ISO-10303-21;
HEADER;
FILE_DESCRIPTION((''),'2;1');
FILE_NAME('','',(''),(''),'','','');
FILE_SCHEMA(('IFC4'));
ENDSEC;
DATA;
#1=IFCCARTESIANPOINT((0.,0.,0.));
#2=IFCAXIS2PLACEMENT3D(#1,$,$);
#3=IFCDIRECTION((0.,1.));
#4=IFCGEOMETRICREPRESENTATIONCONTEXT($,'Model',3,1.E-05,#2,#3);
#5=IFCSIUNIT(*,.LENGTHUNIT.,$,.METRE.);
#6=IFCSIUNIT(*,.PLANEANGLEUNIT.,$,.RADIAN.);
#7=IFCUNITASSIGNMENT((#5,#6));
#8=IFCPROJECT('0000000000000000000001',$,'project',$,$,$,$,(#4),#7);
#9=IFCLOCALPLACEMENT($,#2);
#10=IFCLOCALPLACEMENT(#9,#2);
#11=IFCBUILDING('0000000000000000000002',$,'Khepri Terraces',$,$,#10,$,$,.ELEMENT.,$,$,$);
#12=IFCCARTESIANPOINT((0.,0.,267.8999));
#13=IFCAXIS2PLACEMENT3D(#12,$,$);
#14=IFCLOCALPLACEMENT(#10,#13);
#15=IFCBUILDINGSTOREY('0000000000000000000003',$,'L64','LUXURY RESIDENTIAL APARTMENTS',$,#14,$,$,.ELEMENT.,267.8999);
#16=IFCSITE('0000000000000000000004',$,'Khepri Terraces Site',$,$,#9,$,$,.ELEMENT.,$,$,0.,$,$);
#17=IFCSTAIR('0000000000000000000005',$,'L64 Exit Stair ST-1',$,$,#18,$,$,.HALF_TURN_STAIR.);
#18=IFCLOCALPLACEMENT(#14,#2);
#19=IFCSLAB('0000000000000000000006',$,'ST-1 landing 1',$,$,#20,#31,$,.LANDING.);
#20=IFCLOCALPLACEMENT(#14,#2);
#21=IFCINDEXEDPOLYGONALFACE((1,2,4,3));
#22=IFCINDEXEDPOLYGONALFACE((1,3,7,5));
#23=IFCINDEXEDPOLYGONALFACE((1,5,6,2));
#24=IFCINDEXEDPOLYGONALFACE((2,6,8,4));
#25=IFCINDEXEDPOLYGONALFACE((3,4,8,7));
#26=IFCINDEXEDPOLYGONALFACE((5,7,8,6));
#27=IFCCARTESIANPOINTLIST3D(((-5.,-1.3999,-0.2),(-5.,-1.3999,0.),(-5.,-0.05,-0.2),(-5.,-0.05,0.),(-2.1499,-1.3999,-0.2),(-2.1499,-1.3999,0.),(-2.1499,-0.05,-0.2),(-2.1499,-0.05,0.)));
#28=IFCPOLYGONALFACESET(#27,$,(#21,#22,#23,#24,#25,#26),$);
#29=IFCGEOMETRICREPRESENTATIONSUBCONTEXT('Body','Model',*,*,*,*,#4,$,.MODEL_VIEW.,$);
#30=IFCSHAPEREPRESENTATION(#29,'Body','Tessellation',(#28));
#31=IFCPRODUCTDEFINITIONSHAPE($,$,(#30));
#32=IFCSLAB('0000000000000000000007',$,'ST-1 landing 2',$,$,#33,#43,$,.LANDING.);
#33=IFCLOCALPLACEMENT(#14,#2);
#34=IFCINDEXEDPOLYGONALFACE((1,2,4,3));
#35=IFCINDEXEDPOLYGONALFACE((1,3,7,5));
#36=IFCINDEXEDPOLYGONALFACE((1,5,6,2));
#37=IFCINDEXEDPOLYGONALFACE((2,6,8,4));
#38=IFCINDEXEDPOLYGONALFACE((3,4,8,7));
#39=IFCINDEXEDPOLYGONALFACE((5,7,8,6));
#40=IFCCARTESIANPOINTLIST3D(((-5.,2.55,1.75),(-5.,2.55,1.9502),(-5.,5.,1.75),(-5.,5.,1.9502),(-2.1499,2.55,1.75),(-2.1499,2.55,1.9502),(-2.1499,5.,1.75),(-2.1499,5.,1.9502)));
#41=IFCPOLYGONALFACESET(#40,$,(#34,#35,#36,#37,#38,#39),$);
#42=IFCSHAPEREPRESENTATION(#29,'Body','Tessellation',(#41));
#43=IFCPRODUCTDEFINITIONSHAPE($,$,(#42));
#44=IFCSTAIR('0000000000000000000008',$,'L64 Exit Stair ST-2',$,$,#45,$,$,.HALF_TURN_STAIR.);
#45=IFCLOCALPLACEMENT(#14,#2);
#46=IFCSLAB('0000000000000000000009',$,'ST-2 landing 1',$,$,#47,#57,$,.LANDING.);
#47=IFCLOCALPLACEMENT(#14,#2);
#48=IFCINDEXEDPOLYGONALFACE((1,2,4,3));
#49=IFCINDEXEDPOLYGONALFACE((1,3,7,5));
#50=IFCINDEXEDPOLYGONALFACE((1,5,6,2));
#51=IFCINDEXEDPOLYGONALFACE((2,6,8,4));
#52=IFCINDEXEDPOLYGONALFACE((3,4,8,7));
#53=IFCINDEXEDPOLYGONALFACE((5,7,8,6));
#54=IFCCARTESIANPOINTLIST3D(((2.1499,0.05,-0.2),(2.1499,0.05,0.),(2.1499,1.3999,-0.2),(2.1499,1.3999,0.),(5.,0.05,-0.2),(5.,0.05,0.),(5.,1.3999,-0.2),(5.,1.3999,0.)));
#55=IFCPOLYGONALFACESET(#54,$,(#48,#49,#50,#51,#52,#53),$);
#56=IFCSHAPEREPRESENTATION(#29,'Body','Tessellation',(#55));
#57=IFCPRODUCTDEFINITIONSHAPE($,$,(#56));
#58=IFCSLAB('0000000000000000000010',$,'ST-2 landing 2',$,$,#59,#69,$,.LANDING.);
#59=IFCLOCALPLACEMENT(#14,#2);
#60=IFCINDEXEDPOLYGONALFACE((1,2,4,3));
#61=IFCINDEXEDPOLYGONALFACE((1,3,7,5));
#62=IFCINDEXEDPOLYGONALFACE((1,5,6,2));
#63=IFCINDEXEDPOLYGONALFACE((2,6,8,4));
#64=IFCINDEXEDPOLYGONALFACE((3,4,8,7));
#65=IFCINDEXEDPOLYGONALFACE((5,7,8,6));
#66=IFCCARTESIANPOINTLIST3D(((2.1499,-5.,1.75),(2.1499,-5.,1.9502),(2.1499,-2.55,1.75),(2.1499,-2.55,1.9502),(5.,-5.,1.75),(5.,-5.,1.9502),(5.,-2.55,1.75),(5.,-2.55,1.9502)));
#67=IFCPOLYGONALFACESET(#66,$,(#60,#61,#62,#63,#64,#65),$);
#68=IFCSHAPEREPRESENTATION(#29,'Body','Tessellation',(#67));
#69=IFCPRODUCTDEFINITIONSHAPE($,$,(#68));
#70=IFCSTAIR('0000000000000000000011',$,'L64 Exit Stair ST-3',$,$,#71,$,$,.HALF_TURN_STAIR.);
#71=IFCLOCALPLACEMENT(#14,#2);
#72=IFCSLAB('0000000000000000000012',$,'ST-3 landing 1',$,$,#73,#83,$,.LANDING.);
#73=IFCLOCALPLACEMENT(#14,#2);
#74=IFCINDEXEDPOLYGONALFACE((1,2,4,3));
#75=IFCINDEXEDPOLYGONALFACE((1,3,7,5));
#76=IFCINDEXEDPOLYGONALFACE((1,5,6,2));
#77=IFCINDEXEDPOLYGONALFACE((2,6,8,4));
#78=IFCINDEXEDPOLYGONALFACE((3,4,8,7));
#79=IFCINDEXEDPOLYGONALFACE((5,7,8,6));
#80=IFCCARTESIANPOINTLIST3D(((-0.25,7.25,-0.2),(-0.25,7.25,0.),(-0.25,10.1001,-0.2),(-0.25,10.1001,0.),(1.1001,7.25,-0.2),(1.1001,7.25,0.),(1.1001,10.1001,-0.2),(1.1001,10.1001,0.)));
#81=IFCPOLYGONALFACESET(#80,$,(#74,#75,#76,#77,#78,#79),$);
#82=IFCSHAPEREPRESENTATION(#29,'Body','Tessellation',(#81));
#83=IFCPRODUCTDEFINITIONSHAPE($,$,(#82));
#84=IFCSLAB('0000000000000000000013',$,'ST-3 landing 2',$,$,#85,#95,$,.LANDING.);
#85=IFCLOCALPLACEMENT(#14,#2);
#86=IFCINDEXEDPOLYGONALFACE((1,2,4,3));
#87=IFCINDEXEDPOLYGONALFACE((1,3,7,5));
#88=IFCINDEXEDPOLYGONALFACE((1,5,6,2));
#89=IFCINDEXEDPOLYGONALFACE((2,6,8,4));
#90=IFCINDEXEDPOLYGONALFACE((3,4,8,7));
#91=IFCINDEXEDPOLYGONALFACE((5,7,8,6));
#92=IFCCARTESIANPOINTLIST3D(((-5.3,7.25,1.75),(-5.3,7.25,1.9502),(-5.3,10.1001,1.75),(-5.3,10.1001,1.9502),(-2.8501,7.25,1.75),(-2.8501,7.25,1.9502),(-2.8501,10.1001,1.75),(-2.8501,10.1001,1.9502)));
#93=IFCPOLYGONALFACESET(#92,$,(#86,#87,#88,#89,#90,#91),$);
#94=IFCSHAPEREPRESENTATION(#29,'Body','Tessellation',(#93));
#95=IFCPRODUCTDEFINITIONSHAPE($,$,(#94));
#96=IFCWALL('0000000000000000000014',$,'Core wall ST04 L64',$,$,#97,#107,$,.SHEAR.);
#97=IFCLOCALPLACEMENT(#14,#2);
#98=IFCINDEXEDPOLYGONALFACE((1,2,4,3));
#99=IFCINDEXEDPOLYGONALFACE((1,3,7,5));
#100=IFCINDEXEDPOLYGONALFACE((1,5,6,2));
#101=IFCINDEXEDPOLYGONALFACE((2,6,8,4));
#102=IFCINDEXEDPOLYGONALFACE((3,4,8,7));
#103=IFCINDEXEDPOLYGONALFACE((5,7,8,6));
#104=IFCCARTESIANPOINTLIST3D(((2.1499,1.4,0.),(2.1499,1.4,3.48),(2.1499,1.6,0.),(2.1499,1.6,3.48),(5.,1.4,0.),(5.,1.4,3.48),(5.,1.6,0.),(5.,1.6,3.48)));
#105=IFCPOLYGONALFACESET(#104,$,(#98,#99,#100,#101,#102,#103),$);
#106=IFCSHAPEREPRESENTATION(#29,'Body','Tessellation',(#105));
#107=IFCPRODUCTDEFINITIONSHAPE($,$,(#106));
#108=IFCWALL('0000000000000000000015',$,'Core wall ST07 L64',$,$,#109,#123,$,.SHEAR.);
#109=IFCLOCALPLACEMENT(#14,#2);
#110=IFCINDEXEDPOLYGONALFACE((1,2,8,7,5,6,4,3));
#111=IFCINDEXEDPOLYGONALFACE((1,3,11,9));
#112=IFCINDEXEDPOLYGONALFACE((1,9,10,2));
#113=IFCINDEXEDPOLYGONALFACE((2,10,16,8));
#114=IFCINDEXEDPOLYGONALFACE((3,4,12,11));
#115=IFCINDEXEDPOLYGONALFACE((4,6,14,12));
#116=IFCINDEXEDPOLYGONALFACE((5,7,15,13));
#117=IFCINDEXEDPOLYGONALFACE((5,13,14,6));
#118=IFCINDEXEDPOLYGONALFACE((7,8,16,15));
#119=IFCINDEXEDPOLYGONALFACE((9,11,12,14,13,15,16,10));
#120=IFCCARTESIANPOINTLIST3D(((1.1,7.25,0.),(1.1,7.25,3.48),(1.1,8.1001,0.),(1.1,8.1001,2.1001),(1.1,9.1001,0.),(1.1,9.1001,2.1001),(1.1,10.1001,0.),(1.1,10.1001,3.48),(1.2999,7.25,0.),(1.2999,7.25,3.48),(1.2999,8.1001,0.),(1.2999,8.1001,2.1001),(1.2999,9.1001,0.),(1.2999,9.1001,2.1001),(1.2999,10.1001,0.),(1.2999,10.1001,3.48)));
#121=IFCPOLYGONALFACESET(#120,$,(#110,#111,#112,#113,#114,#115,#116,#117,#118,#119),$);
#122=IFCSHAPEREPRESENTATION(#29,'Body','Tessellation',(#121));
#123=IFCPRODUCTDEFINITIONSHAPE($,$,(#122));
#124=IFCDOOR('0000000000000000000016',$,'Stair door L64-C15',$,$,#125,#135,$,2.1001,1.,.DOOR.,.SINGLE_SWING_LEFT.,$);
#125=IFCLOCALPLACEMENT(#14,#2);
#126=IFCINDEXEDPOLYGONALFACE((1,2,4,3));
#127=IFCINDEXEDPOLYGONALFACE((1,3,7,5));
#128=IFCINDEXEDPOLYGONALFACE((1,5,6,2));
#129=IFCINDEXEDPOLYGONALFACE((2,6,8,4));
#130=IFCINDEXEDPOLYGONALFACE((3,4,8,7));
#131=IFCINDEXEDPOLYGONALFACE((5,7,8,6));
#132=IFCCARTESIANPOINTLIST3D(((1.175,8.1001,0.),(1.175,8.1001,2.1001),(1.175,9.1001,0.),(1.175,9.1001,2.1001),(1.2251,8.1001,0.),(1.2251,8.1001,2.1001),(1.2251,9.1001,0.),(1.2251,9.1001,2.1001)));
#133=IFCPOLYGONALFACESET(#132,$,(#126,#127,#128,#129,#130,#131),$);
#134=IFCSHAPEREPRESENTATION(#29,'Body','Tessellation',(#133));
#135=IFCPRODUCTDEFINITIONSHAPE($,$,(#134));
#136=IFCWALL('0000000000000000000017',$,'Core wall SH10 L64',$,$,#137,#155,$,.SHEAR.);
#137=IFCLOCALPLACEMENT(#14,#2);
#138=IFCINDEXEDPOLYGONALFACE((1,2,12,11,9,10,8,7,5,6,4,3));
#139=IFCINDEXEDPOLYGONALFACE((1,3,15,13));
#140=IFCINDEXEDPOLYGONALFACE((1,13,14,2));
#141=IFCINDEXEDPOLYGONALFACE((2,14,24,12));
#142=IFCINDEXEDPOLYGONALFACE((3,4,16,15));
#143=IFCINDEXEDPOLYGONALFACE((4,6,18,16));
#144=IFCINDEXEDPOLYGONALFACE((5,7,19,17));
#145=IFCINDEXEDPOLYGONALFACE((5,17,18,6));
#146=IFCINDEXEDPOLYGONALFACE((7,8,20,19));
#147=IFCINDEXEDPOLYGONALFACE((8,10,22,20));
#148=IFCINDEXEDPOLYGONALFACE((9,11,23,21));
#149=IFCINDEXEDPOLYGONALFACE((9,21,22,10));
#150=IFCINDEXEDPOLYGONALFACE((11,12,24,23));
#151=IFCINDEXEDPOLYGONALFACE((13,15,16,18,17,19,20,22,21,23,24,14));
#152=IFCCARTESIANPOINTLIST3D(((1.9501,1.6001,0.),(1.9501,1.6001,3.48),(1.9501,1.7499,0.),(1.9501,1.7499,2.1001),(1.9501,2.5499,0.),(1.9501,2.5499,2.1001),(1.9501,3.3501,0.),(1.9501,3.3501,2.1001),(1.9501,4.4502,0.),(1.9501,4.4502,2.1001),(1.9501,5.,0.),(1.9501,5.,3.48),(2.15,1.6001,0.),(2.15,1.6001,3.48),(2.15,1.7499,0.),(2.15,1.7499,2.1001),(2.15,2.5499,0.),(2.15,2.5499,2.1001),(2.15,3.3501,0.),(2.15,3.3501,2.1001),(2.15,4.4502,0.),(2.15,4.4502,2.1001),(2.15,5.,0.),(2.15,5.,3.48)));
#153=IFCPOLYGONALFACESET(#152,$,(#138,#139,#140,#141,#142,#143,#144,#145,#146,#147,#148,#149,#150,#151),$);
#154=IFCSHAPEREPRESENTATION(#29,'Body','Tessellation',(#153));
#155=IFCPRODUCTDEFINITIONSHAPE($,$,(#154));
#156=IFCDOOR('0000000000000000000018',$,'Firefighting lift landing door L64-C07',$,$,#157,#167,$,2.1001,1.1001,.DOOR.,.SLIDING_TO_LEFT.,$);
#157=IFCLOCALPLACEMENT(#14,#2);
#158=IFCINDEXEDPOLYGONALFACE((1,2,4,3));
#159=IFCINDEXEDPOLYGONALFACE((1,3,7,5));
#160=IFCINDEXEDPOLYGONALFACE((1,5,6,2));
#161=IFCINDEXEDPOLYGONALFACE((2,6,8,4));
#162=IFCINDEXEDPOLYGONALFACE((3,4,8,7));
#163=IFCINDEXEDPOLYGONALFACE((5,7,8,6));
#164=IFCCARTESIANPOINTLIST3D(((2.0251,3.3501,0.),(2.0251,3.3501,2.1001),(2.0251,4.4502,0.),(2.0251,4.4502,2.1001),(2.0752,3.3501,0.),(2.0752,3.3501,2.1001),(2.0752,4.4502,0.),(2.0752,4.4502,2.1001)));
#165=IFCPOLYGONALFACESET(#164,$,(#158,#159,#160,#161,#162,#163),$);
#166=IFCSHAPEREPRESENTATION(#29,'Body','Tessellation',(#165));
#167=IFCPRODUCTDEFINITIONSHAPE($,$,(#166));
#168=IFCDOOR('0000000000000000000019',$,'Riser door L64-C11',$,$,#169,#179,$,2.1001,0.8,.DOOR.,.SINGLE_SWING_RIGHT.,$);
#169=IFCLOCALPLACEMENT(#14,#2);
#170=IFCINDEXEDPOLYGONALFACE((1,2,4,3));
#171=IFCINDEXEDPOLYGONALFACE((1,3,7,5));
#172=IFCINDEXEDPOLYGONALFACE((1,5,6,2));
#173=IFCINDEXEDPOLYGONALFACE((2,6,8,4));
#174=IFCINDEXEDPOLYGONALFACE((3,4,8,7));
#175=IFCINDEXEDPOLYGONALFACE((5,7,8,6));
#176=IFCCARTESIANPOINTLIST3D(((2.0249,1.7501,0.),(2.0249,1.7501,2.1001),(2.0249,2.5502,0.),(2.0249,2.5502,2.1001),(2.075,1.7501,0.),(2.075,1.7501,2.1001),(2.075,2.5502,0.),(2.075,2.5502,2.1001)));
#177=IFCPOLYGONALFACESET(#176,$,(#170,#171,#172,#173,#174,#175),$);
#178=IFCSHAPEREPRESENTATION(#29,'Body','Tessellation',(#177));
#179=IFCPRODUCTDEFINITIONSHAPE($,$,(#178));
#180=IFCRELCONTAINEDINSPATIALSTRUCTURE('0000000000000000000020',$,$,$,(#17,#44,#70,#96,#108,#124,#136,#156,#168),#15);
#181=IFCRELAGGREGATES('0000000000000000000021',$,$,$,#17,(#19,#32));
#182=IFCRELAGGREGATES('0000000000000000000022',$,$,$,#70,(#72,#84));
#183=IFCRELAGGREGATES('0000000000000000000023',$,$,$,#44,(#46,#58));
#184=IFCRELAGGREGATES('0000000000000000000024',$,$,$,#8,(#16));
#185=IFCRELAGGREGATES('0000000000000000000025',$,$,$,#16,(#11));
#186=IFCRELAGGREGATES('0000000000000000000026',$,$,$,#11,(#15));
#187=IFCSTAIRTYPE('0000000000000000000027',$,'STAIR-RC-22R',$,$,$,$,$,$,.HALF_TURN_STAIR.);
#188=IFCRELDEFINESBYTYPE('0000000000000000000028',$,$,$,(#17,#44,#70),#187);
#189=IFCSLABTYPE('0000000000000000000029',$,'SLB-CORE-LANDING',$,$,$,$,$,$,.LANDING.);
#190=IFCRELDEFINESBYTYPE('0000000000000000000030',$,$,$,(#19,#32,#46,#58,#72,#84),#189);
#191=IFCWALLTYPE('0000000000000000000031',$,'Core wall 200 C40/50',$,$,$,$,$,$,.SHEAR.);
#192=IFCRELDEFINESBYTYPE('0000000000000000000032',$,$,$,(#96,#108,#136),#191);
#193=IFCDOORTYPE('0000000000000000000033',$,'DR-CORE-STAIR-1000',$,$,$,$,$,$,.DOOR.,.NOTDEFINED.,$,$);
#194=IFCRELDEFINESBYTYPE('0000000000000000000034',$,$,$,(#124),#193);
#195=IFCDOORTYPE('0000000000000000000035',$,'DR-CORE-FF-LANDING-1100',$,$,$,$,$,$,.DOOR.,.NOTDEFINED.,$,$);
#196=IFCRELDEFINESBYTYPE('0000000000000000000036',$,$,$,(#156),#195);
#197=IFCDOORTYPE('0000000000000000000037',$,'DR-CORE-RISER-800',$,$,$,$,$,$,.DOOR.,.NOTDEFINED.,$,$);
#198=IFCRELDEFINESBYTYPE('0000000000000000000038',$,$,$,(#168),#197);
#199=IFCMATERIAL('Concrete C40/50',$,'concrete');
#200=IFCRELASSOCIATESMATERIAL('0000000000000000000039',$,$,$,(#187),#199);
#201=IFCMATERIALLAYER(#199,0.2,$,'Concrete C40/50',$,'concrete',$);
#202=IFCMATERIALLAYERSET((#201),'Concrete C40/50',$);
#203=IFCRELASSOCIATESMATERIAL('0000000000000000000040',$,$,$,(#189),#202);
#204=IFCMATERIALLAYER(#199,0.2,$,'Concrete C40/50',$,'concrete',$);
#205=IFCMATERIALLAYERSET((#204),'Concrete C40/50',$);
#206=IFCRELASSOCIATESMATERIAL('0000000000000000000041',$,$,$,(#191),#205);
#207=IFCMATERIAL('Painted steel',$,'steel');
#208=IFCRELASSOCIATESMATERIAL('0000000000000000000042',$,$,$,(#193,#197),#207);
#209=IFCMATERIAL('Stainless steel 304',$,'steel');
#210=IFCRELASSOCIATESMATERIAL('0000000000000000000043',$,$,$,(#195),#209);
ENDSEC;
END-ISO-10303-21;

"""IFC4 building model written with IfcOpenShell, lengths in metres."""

from ifc_helpers import new_model, si_unit, direction, frame, frame_2d, origin, place, context, subcontext, project, spatial, polyline, rectangle, outline, extrude, material, layer, layer_set, type_object, element, fill, aggregate, save


model = new_model("IFC4")

# Units and contexts
model_context = context("Model", 3, precision=1e-05, world=origin(), true_north=direction((0.0, 1.0)))
body_context = subcontext(model_context, "Body", "Model", "MODEL_VIEW")
ifc_project = project(units=[si_unit("LENGTHUNIT", "METRE"), si_unit("PLANEANGLEUNIT", "RADIAN")], contexts=[model_context])

# Site, building, storey
site_placement = place(None, origin())
site = spatial("IfcSite", under=ifc_project, at=site_placement, Name="Khepri Terraces Site", CompositionType="ELEMENT", RefElevation=0.0)
building_placement = place(site_placement, origin())
building = spatial("IfcBuilding", under=site, at=building_placement, Name="Khepri Terraces", CompositionType="ELEMENT")
storey_placement = place(building_placement, frame((0.0, 0.0, 267.8999)))
storey = spatial("IfcBuildingStorey", under=building, at=storey_placement, Name="L64", Description="LUXURY RESIDENTIAL APARTMENTS", CompositionType="ELEMENT", Elevation=267.8999)

# Stairs, slabs
ifc_material_1 = material(Name="Concrete C40/50", Category="concrete")
stair_type = type_object("IfcStairType", Name="STAIR-RC-22R", PredefinedType="HALF_TURN_STAIR", material=ifc_material_1)
stair_1_placement = place(storey_placement, origin())
stair_1 = element("IfcStair", 1, at=stair_1_placement, inside=storey, type_object=stair_type, Name="L64 Exit Stair ST-1", PredefinedType="HALF_TURN_STAIR")
ifc_layer_1 = layer(ifc_material_1, 0.2, Name="Concrete C40/50", Category="concrete")
ifc_layer_set_1 = layer_set([ifc_layer_1], Name="Concrete C40/50")
slab_type = type_object("IfcSlabType", Name="SLB-CORE-LANDING", PredefinedType="LANDING", material=ifc_layer_set_1)
slab_1_placement = place(storey_placement, frame((0.0, 0.0, -0.2)))
slab_1 = element("IfcSlab", 2, at=slab_1_placement, type_object=slab_type, Name="ST-1 landing 1", PredefinedType="LANDING", context=body_context, shape_type="SweptSolid", body=[
    extrude(outline(polyline([(-2.1499, -1.3999), (-2.1499, -0.05), (-5.0, -0.05), (-5.0, -1.3999), (-2.1499, -1.3999)])), origin(), (0.0, 0.0, 1.0), 0.2),
])
slab_2_placement = place(storey_placement, frame((0.0, 0.0, 1.75)))
slab_2 = element("IfcSlab", 3, at=slab_2_placement, type_object=slab_type, Name="ST-1 landing 2", PredefinedType="LANDING", context=body_context, shape_type="SweptSolid", body=[
    extrude(outline(polyline([(-2.1499, 2.55), (-2.1499, 5.0), (-5.0, 5.0), (-5.0, 2.55), (-2.1499, 2.55)])), origin(), (0.0, 0.0, 1.0), 0.2002),
])
aggregate(stair_1, [slab_1, slab_2])
stair_2_placement = place(storey_placement, origin())
stair_2 = element("IfcStair", 4, at=stair_2_placement, inside=storey, type_object=stair_type, Name="L64 Exit Stair ST-2", PredefinedType="HALF_TURN_STAIR")
slab_3_placement = place(storey_placement, frame((0.0, 0.0, -0.2)))
slab_3 = element("IfcSlab", 5, at=slab_3_placement, type_object=slab_type, Name="ST-2 landing 1", PredefinedType="LANDING", context=body_context, shape_type="SweptSolid", body=[
    extrude(outline(polyline([(2.1499, 1.3999), (2.1499, 0.05), (5.0, 0.05), (5.0, 1.3999), (2.1499, 1.3999)])), origin(), (0.0, 0.0, 1.0), 0.2),
])
slab_4_placement = place(storey_placement, frame((0.0, 0.0, 1.75)))
slab_4 = element("IfcSlab", 6, at=slab_4_placement, type_object=slab_type, Name="ST-2 landing 2", PredefinedType="LANDING", context=body_context, shape_type="SweptSolid", body=[
    extrude(outline(polyline([(2.1499, -2.55), (2.1499, -5.0), (5.0, -5.0), (5.0, -2.55), (2.1499, -2.55)])), origin(), (0.0, 0.0, 1.0), 0.2002),
])
stair_3_placement = place(storey_placement, origin())
stair_3 = element("IfcStair", 7, at=stair_3_placement, inside=storey, type_object=stair_type, Name="L64 Exit Stair ST-3", PredefinedType="HALF_TURN_STAIR")
slab_5_placement = place(storey_placement, frame((0.0, 0.0, -0.2)))
slab_5 = element("IfcSlab", 8, at=slab_5_placement, type_object=slab_type, Name="ST-3 landing 1", PredefinedType="LANDING", context=body_context, shape_type="SweptSolid", body=[
    extrude(outline(polyline([(1.1001, 10.1001), (-0.25, 10.1001), (-0.25, 7.25), (1.1001, 7.25), (1.1001, 10.1001)])), origin(), (0.0, 0.0, 1.0), 0.2),
])
slab_6_placement = place(storey_placement, frame((0.0, 0.0, 1.75)))
slab_6 = element("IfcSlab", 9, at=slab_6_placement, type_object=slab_type, Name="ST-3 landing 2", PredefinedType="LANDING", context=body_context, shape_type="SweptSolid", body=[
    extrude(outline(polyline([(-2.8501, 10.1001), (-5.3, 10.1001), (-5.3, 7.25), (-2.8501, 7.25), (-2.8501, 10.1001)])), origin(), (0.0, 0.0, 1.0), 0.2002),
])
aggregate(stair_3, [slab_5, slab_6])

# Wall
ifc_layer_2 = layer(ifc_material_1, 0.2, Name="Concrete C40/50", Category="concrete")
ifc_layer_set_2 = layer_set([ifc_layer_2], Name="Concrete C40/50")
wall_type = type_object("IfcWallType", Name="Core wall 200 C40/50", PredefinedType="SHEAR", material=ifc_layer_set_2)
wall_1_placement = place(storey_placement, frame((2.1499, 1.5, 0.0), z_axis=(0.0, 0.0, 1.0), x_axis=(1.0, 0.0, 0.0)))
element("IfcWall", 10, at=wall_1_placement, inside=storey, type_object=wall_type, Name="Core wall ST04 L64", PredefinedType="SHEAR", context=body_context, shape_type="SweptSolid", body=[
    extrude(rectangle(XDim=2.8501, YDim=0.2, at=frame_2d((1.425, 0.0))), origin(), (0.0, 0.0, 1.0), 3.48),
])

# Wall, opening, door
wall_2_placement = place(storey_placement, frame((1.2, 7.25, 0.0), z_axis=(0.0, 0.0, 1.0), x_axis=(0.0, 1.0, 0.0)))
wall_2 = element("IfcWall", 11, at=wall_2_placement, inside=storey, type_object=wall_type, Name="Core wall ST07 L64", PredefinedType="SHEAR", context=body_context, shape_type="SweptSolid", body=[
    extrude(rectangle(XDim=2.8501, YDim=0.2, at=frame_2d((1.425, 0.0))), origin(), (0.0, 0.0, 1.0), 3.48),
])
opening_1_placement = place(wall_2_placement, frame((0.8501, 0.0, 0.0)))
opening_1 = element("IfcOpeningElement", 12, at=opening_1_placement, cuts=wall_2, PredefinedType="OPENING", context=body_context, shape_type="SweptSolid", body=[
    extrude(rectangle(XDim=1.0, YDim=2.1001, at=frame_2d((0.5, 1.05))), frame((0.0, 0.1099, 0.0), z_axis=(0.0, -1.0, 0.0), x_axis=(1.0, 0.0, 0.0)), (0.0, 0.0, 1.0), 0.22),
])
ifc_material_2 = material(Name="Painted steel", Category="steel")
door_type_1 = type_object("IfcDoorType", Name="DR-CORE-STAIR-1000", OperationType="NOTDEFINED", PredefinedType="DOOR", material=ifc_material_2)
door_1_placement = place(opening_1_placement, origin())
door_1 = element("IfcDoor", 13, at=door_1_placement, inside=storey, type_object=door_type_1, Name="Stair door L64-C15", OperationType="SINGLE_SWING_LEFT", OverallHeight=2.1001, OverallWidth=1.0, PredefinedType="DOOR", context=body_context, shape_type="SweptSolid", body=[
    extrude(rectangle(XDim=1.0, YDim=2.1001, at=frame_2d((0.5, 1.05))), frame((0.0, 0.0249, 0.0), z_axis=(0.0, -1.0, 0.0), x_axis=(1.0, 0.0, 0.0)), (0.0, 0.0, 1.0), 0.05),
])
fill(opening_1, door_1)

# Wall, openings, doors
wall_3_placement = place(storey_placement, frame((2.05, 1.6001, 0.0), z_axis=(0.0, 0.0, 1.0), x_axis=(0.0, 1.0, 0.0)))
wall_3 = element("IfcWall", 14, at=wall_3_placement, inside=storey, type_object=wall_type, Name="Core wall SH10 L64", PredefinedType="SHEAR", context=body_context, shape_type="SweptSolid", body=[
    extrude(rectangle(XDim=3.3999, YDim=0.2, at=frame_2d((1.7, 0.0))), origin(), (0.0, 0.0, 1.0), 3.48),
])
opening_2_placement = place(wall_3_placement, frame((1.75, 0.0, 0.0)))
opening_2 = element("IfcOpeningElement", 15, at=opening_2_placement, cuts=wall_3, PredefinedType="OPENING", context=body_context, shape_type="SweptSolid", body=[
    extrude(rectangle(XDim=1.1001, YDim=2.1001, at=frame_2d((0.55, 1.05))), frame((0.0, 0.1099, 0.0), z_axis=(0.0, -1.0, 0.0), x_axis=(1.0, 0.0, 0.0)), (0.0, 0.0, 1.0), 0.22),
])
opening_3_placement = place(wall_3_placement, frame((0.1499, 0.0, 0.0)))
opening_3 = element("IfcOpeningElement", 16, at=opening_3_placement, cuts=wall_3, PredefinedType="OPENING", context=body_context, shape_type="SweptSolid", body=[
    extrude(rectangle(XDim=0.8, YDim=2.1001, at=frame_2d((0.3999, 1.05))), frame((0.0, 0.1099, 0.0), z_axis=(0.0, -1.0, 0.0), x_axis=(1.0, 0.0, 0.0)), (0.0, 0.0, 1.0), 0.22),
])
ifc_material_3 = material(Name="Stainless steel 304", Category="steel")
door_type_2 = type_object("IfcDoorType", Name="DR-CORE-FF-LANDING-1100", OperationType="NOTDEFINED", PredefinedType="DOOR", material=ifc_material_3)
door_2_placement = place(opening_2_placement, origin())
door_2 = element("IfcDoor", 17, at=door_2_placement, inside=storey, type_object=door_type_2, Name="Firefighting lift landing door L64-C07", OperationType="SLIDING_TO_LEFT", OverallHeight=2.1001, OverallWidth=1.1001, PredefinedType="DOOR", context=body_context, shape_type="SweptSolid", body=[
    extrude(rectangle(XDim=1.1001, YDim=2.1001, at=frame_2d((0.55, 1.05))), frame((0.0, 0.0249, 0.0), z_axis=(0.0, -1.0, 0.0), x_axis=(1.0, 0.0, 0.0)), (0.0, 0.0, 1.0), 0.05),
])
fill(opening_2, door_2)
door_type_3 = type_object("IfcDoorType", Name="DR-CORE-RISER-800", OperationType="NOTDEFINED", PredefinedType="DOOR", material=ifc_material_2)
door_3_placement = place(opening_3_placement, frame((0.8, 0.0, 0.0), z_axis=(0.0, 0.0, 1.0), x_axis=(-1.0, 0.0, 0.0)))
door_3 = element("IfcDoor", 18, at=door_3_placement, inside=storey, type_object=door_type_3, Name="Riser door L64-C11", OperationType="SINGLE_SWING_RIGHT", OverallHeight=2.1001, OverallWidth=0.8, PredefinedType="DOOR", context=body_context, shape_type="SweptSolid", body=[
    extrude(rectangle(XDim=0.8, YDim=2.1001, at=frame_2d((0.3999, 1.05))), frame((0.0, 0.0249, 0.0), z_axis=(0.0, -1.0, 0.0), x_axis=(1.0, 0.0, 0.0)), (0.0, 0.0, 1.0), 0.05),
])
fill(opening_3, door_3)

aggregate(stair_2, [slab_3, slab_4])

save(model, "model.ifc")
